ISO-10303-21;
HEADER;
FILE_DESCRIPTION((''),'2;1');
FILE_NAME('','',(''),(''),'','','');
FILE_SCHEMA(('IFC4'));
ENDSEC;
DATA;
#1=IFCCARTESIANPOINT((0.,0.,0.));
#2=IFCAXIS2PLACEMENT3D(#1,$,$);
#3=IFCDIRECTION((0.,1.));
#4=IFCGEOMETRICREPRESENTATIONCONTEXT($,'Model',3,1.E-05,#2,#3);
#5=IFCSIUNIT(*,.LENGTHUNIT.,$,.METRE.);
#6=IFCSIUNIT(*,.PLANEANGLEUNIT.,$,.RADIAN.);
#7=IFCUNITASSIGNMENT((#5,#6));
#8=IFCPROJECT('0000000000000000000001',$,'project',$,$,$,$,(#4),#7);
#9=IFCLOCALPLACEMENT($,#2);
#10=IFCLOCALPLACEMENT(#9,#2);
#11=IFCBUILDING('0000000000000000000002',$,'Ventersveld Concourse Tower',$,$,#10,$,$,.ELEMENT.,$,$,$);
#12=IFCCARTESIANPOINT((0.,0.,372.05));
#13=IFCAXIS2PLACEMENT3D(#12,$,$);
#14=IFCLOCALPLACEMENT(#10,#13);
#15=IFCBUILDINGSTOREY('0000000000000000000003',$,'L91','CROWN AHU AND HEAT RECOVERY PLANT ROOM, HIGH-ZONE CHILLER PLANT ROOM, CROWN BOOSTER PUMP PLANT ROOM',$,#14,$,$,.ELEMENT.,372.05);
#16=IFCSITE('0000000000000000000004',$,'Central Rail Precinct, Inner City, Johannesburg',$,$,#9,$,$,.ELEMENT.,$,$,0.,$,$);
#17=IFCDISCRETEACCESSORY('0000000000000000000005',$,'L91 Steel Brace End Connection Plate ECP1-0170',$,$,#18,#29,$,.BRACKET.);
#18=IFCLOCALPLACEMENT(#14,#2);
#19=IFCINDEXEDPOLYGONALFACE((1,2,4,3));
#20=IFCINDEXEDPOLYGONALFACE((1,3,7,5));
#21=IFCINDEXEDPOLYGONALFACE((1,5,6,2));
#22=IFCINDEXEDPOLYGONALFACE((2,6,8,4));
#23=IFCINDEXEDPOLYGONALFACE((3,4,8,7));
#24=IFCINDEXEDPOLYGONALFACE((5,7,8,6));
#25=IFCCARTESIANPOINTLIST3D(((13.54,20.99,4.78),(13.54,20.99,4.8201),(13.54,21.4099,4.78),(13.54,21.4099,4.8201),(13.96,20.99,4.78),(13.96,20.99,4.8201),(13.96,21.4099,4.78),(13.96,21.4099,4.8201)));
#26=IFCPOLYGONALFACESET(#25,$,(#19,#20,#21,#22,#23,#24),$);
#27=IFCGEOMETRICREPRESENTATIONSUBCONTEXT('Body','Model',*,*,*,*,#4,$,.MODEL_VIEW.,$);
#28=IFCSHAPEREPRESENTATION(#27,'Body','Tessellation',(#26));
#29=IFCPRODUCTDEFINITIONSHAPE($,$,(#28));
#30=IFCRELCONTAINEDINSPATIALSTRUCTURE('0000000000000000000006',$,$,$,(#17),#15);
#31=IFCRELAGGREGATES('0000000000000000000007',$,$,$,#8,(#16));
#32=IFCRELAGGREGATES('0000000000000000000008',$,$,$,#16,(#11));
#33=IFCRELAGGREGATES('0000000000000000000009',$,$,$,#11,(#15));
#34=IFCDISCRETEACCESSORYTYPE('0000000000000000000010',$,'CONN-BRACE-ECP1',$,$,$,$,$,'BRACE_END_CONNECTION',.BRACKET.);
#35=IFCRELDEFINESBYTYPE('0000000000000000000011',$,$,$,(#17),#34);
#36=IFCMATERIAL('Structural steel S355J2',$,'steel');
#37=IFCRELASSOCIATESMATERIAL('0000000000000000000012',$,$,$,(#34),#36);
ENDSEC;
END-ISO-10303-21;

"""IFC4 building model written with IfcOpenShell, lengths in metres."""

from ifc_helpers import new_model, si_unit, direction, frame, origin, origin_2d, place, context, subcontext, project, spatial, rectangle, extrude, material, type_object, element, save


model = new_model("IFC4")

# Units and contexts
model_context = context("Model", 3, precision=1e-05, world=origin(), true_north=direction((0.0, 1.0)))
body_context = subcontext(model_context, "Body", "Model", "MODEL_VIEW")
ifc_project = project(units=[si_unit("LENGTHUNIT", "METRE"), si_unit("PLANEANGLEUNIT", "RADIAN")], contexts=[model_context])

# Site, building, storey
site_placement = place(None, origin())
site = spatial("IfcSite", under=ifc_project, at=site_placement, Name="Central Rail Precinct, Inner City, Johannesburg", CompositionType="ELEMENT", RefElevation=0.0)
building_placement = place(site_placement, origin())
building = spatial("IfcBuilding", under=site, at=building_placement, Name="Ventersveld Concourse Tower", CompositionType="ELEMENT")
storey_placement = place(building_placement, frame((0.0, 0.0, 372.05)))
storey = spatial("IfcBuildingStorey", under=building, at=storey_placement, Name="L91", Description="CROWN AHU AND HEAT RECOVERY PLANT ROOM, HIGH-ZONE CHILLER PLANT ROOM, CROWN BOOSTER PUMP PLANT ROOM", CompositionType="ELEMENT", Elevation=372.05)

# Discrete accessory
ifc_material_1 = material(Name="Structural steel S355J2", Category="steel")
discrete_accessory_type_1 = type_object("IfcDiscreteAccessoryType", Name="CONN-BRACE-ECP1", ElementType="BRACE_END_CONNECTION", PredefinedType="BRACKET", material=ifc_material_1)
for number, where, z_axis, x_axis, name in (
    (1, (13.75, 21.2, 4.78), (0.0, 0.0, 1.0), (1.0, 0.0, 0.0), "L91 Steel Brace End Connection Plate ECP1-0170"),
):
    element("IfcDiscreteAccessory", number, at=place(storey_placement, frame(where, z_axis=z_axis, x_axis=x_axis)), inside=storey, type_object=discrete_accessory_type_1, Name=name, PredefinedType="BRACKET", context=body_context, shape_type="SweptSolid", body=[
        extrude(rectangle(XDim=0.4199, YDim=0.4199, at=origin_2d()), origin(), (0.0, 0.0, 1.0), 0.04),
    ])

save(model, "model.ifc")
